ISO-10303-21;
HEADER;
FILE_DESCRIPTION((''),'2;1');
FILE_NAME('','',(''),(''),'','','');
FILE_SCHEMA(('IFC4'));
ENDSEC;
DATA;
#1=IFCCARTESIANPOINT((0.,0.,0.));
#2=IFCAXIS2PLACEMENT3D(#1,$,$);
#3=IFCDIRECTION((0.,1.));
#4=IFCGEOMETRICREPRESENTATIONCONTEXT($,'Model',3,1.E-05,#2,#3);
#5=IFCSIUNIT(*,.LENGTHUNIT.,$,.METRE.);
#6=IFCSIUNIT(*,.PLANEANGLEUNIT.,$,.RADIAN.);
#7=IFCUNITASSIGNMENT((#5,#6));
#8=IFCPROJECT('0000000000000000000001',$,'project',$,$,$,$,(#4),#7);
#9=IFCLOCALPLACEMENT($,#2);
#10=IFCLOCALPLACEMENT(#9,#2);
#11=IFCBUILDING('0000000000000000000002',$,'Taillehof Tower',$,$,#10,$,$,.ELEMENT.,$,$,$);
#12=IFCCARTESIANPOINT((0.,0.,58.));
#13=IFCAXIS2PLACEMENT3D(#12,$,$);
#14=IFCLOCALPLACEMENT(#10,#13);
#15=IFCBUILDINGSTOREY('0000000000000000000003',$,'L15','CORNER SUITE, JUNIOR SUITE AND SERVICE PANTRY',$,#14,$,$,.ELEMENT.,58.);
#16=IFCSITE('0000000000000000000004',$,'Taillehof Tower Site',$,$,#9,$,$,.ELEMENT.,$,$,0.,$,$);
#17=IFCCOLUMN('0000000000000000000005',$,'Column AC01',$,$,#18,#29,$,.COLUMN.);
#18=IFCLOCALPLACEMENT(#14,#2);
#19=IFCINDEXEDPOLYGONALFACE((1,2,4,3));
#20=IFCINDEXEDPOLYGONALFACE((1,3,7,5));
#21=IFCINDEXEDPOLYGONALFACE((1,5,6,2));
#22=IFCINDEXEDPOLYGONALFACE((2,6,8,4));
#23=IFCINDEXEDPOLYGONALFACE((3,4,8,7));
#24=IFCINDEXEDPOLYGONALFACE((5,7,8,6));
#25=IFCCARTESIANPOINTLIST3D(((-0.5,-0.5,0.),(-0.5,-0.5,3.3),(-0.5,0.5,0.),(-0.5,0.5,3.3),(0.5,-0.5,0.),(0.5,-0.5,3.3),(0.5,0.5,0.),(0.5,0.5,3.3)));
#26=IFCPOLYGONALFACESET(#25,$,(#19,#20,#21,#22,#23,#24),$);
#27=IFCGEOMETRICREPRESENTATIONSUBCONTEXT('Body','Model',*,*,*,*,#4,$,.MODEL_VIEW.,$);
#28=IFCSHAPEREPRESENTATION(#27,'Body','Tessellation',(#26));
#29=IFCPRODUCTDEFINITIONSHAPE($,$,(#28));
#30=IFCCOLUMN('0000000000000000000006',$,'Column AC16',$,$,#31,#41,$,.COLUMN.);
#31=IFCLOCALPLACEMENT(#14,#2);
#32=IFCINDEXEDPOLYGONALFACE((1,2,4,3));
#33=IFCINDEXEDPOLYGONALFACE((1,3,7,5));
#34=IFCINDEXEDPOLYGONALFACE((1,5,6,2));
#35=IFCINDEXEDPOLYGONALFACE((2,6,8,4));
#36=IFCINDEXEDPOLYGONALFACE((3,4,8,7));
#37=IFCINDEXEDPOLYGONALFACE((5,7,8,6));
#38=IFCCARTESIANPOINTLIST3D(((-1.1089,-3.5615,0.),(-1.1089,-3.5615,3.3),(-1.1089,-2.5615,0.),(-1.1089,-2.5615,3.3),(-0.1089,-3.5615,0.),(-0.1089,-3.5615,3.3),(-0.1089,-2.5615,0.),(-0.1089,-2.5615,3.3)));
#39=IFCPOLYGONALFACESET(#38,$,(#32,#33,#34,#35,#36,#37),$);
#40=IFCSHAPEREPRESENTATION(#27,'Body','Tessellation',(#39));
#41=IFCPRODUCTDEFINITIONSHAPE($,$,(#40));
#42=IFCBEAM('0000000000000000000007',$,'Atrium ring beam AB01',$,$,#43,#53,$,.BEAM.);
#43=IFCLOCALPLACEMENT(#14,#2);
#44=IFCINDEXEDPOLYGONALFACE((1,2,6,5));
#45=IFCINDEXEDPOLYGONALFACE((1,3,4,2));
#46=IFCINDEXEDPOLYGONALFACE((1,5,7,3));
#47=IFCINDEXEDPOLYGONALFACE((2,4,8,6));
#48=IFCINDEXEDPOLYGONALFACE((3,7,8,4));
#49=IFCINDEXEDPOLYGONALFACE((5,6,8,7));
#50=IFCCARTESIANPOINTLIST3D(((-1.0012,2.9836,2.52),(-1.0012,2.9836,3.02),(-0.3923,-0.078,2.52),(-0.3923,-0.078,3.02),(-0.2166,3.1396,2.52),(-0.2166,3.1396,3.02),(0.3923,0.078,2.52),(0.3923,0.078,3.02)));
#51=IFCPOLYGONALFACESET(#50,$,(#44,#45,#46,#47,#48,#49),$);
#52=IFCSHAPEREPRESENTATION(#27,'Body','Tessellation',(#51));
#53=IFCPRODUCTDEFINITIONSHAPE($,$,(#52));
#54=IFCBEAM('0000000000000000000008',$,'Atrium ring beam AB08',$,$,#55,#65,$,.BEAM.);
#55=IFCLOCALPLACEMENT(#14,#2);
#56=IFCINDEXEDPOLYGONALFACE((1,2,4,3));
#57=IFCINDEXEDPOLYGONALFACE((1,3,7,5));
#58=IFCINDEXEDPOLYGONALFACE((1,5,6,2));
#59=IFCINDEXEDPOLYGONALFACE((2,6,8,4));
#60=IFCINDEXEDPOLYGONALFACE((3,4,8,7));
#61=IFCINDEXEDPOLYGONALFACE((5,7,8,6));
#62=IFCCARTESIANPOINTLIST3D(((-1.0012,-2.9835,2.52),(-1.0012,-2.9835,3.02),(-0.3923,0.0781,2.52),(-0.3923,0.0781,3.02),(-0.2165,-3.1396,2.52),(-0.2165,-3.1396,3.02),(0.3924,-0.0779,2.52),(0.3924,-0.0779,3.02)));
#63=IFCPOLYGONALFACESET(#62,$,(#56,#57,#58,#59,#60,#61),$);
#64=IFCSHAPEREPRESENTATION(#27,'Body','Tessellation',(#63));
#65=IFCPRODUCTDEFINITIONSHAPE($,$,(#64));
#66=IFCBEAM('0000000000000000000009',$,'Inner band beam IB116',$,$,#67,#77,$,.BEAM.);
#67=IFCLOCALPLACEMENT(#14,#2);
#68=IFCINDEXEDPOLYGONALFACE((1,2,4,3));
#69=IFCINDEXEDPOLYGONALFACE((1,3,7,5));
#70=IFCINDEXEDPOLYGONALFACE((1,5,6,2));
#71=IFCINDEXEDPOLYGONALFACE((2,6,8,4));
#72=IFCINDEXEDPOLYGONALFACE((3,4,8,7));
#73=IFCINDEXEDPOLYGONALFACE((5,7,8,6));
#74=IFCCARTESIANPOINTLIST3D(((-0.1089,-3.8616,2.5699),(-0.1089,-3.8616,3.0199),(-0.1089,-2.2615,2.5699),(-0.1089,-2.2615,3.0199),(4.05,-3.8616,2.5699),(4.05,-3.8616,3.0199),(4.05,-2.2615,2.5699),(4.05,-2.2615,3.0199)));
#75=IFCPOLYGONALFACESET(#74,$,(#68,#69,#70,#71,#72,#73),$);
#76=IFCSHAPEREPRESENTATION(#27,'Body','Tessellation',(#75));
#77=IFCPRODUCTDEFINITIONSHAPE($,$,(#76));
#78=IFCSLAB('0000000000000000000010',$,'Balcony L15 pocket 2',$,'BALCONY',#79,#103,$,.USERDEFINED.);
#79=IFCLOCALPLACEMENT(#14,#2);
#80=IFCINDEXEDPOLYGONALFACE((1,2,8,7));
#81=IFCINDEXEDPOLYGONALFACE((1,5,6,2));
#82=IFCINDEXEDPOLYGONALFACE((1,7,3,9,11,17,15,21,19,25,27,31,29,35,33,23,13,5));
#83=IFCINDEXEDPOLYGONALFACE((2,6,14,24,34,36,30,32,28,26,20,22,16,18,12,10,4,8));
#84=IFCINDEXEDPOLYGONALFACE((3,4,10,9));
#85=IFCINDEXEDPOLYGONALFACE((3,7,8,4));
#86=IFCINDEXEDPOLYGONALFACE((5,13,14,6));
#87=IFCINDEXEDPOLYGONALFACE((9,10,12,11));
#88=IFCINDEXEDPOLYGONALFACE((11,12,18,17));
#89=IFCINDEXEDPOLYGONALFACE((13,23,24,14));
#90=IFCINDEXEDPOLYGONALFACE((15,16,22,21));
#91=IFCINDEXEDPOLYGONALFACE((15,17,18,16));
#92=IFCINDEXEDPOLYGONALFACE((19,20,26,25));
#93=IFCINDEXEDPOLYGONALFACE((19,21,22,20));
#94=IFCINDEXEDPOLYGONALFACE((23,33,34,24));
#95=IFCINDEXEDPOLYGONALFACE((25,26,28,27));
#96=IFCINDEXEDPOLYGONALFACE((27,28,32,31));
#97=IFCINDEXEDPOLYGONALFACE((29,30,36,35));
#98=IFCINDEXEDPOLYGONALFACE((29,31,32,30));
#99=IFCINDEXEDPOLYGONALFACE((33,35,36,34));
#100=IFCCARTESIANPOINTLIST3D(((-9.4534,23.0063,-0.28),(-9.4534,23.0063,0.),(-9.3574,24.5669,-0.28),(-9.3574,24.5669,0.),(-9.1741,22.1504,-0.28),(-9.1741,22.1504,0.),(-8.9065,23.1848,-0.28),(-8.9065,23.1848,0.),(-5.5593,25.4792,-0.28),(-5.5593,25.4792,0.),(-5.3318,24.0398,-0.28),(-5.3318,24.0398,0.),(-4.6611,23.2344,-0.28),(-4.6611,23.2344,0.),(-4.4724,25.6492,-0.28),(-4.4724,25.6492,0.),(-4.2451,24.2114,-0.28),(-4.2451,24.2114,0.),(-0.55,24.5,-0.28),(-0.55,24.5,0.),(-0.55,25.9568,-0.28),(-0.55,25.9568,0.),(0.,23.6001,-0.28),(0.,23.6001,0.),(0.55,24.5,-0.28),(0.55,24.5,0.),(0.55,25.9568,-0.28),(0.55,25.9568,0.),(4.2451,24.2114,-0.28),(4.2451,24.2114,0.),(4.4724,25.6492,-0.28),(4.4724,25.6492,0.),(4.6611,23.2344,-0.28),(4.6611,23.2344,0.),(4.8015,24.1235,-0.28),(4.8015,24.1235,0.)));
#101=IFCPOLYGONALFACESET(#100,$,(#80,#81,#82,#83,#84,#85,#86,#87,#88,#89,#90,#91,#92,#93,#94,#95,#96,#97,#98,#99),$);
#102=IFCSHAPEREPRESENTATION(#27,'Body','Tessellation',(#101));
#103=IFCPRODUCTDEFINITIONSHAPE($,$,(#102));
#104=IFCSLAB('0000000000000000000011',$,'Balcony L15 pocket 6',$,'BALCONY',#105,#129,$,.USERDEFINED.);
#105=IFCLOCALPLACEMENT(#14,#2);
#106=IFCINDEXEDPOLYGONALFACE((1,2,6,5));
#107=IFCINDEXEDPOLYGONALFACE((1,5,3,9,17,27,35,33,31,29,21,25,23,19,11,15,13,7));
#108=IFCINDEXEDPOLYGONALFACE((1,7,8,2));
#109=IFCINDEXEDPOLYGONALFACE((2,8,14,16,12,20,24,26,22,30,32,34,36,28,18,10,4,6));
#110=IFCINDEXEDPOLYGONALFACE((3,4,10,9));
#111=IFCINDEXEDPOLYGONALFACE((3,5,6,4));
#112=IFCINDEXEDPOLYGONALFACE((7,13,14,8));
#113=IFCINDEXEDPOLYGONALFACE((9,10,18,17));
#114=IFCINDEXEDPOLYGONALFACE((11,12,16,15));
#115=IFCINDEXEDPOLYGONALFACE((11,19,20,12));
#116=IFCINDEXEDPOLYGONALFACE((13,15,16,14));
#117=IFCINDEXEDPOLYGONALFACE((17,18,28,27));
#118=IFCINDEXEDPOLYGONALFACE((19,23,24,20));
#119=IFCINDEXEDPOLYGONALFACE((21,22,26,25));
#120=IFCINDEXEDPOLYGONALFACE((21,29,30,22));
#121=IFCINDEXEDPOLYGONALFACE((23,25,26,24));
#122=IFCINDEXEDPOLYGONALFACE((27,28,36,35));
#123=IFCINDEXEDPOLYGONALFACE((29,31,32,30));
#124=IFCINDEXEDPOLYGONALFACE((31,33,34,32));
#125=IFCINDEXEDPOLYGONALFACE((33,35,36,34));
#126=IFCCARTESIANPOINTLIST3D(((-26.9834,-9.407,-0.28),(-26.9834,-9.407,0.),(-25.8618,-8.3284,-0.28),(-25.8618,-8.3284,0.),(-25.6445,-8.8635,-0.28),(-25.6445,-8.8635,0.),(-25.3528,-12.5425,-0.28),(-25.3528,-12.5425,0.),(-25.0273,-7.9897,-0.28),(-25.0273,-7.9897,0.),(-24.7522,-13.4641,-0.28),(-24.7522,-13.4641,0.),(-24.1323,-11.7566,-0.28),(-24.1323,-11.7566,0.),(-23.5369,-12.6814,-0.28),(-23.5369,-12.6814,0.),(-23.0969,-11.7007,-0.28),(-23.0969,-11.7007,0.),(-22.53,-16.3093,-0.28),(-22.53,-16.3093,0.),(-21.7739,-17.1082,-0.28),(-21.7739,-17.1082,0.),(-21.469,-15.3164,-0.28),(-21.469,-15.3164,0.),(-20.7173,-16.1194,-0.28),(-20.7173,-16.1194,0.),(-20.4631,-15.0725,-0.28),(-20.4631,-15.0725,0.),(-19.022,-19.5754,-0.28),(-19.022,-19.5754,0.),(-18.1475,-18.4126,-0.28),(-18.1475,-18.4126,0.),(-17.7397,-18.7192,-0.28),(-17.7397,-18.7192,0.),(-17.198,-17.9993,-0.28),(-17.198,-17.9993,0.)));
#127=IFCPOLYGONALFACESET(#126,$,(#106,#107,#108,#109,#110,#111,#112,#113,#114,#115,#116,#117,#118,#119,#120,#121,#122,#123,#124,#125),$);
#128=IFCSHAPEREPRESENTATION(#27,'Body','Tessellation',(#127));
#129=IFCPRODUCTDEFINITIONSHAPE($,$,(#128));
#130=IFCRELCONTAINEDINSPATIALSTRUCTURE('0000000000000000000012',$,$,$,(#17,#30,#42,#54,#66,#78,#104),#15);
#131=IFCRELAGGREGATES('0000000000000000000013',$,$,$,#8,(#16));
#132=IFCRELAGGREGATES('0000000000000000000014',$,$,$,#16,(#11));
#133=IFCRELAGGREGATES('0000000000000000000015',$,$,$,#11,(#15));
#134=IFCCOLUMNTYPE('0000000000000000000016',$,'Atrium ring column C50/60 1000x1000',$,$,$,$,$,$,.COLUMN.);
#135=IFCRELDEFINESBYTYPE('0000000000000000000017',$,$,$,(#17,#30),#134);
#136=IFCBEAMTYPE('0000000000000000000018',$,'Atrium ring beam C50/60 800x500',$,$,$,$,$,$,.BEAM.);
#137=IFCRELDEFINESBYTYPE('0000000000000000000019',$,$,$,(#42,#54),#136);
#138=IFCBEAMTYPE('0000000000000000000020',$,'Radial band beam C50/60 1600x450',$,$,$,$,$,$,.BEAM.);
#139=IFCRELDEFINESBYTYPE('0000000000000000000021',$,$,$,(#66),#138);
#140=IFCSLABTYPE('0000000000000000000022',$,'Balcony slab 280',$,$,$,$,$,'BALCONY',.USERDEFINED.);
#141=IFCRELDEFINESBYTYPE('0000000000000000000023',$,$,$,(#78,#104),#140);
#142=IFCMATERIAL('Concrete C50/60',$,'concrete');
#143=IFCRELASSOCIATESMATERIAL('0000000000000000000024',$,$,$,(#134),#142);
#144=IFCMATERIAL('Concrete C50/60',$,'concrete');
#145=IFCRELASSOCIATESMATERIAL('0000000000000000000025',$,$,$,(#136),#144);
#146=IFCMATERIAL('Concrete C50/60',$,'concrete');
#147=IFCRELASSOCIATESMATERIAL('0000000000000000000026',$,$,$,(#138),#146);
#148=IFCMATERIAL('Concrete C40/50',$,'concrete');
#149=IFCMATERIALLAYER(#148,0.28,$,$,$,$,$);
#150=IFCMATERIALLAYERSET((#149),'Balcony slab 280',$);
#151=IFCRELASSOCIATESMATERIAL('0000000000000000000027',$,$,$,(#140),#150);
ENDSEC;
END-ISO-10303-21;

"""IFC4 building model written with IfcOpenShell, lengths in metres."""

from ifc_helpers import new_model, si_unit, direction, frame, origin, origin_2d, place, context, subcontext, project, spatial, polyline, rectangle, outline, extrude, material, layer, layer_set, material_profile, profile_set, type_object, element, save


model = new_model("IFC4")

# Units and contexts
model_context = context("Model", 3, precision=1e-05, world=origin(), true_north=direction((0.0, 1.0)))
body_context = subcontext(model_context, "Body", "Model", "MODEL_VIEW")
ifc_project = project(units=[si_unit("LENGTHUNIT", "METRE"), si_unit("PLANEANGLEUNIT", "RADIAN")], contexts=[model_context])

# Site, building, storey
site_placement = place(None, origin())
site = spatial("IfcSite", under=ifc_project, at=site_placement, Name="Taillehof Tower Site", CompositionType="ELEMENT", RefElevation=0.0)
building_placement = place(site_placement, origin())
building = spatial("IfcBuilding", under=site, at=building_placement, Name="Taillehof Tower", CompositionType="ELEMENT")
storey_placement = place(building_placement, frame((0.0, 0.0, 58.0)))
storey = spatial("IfcBuildingStorey", under=building, at=storey_placement, Name="L15", Description="CORNER SUITE, JUNIOR SUITE AND SERVICE PANTRY", CompositionType="ELEMENT", Elevation=58.0)

# Columns
ifc_material_1 = material(Name="Concrete C50/60", Category="concrete")
ifc_material_profile_1 = material_profile(ifc_material_1, rectangle(XDim=1.0, YDim=1.0, at=origin_2d()), Name="RC 1000x1000")
ifc_profile_set_1 = profile_set([ifc_material_profile_1], Name="Concrete C50/60")
column_type = type_object("IfcColumnType", Name="Atrium ring column C50/60 1000x1000", PredefinedType="COLUMN", material=ifc_profile_set_1)
for number, where, z_axis, x_axis, name in (
    (1, (0.0, 0.0, 0.0), (0.0, 0.0, 1.0), (1.0, 0.0, 0.0), "Column AC01"),
    (2, (-0.6089, -3.0615, 0.0), (0.0, 0.0, 1.0), (1.0, 0.0, 0.0), "Column AC16"),
):
    element("IfcColumn", number, at=place(storey_placement, frame(where, z_axis=z_axis, x_axis=x_axis)), inside=storey, type_object=column_type, Name=name, PredefinedType="COLUMN", context=body_context, shape_type="SweptSolid", body=[
        extrude(rectangle(XDim=1.0, YDim=1.0, at=origin_2d()), origin(), (0.0, 0.0, 1.0), 3.3),
    ])

# Beams
ifc_material_2 = material(Name="Concrete C50/60", Category="concrete")
ifc_material_profile_2 = material_profile(ifc_material_2, rectangle(XDim=0.8, YDim=0.5, at=origin_2d()), Name="RC 800x500")
ifc_profile_set_2 = profile_set([ifc_material_profile_2], Name="Concrete C50/60")
beam_type_1 = type_object("IfcBeamType", Name="Atrium ring beam C50/60 800x500", PredefinedType="BEAM", material=ifc_profile_set_2)
for number, where, z_axis, x_axis, name in (
    (3, (0.0, 0.0, 2.77), (-0.195063, 0.980791, 0.0), (-0.980791, -0.195063, 0.0), "Atrium ring beam AB01"),
    (4, (-0.6089, -3.0615, 2.77), (0.195063, 0.980791, 0.0), (-0.980791, 0.195063, 0.0), "Atrium ring beam AB08"),
):
    element("IfcBeam", number, at=place(storey_placement, frame(where, z_axis=z_axis, x_axis=x_axis)), inside=storey, type_object=beam_type_1, Name=name, PredefinedType="BEAM", context=body_context, shape_type="SweptSolid", body=[
        extrude(rectangle(XDim=0.8, YDim=0.5, at=origin_2d()), origin(), (0.0, 0.0, 1.0), 3.1216),
    ])
ifc_material_3 = material(Name="Concrete C50/60", Category="concrete")
ifc_material_profile_3 = material_profile(ifc_material_3, rectangle(XDim=1.6001, YDim=0.45, at=origin_2d()), Name="RC 1600x450")
ifc_profile_set_3 = profile_set([ifc_material_profile_3], Name="Concrete C50/60")
beam_type_2 = type_object("IfcBeamType", Name="Radial band beam C50/60 1600x450", PredefinedType="BEAM", material=ifc_profile_set_3)
beam_placement = place(storey_placement, frame((-0.1089, -3.0615, 2.7949), z_axis=(1.0, 0.0, 0.0), x_axis=(0.0, 1.0, 0.0)))
element("IfcBeam", 5, at=beam_placement, inside=storey, type_object=beam_type_2, Name="Inner band beam IB116", PredefinedType="BEAM", context=body_context, shape_type="SweptSolid", body=[
    extrude(rectangle(XDim=1.6001, YDim=0.45, at=origin_2d()), origin(), (0.0, 0.0, 1.0), 4.1589),
])

# Slabs
ifc_material_4 = material(Name="Concrete C40/50", Category="concrete")
ifc_layer_1 = layer(ifc_material_4, 0.28)
ifc_layer_set_1 = layer_set([ifc_layer_1], Name="Balcony slab 280")
slab_type_1 = type_object("IfcSlabType", Name="Balcony slab 280", ElementType="BALCONY", PredefinedType="USERDEFINED", material=ifc_layer_set_1)
slab_1_placement = place(storey_placement, frame((0.0, 0.0, -0.28)))
element("IfcSlab", 6, at=slab_1_placement, inside=storey, type_object=slab_type_1, Name="Balcony L15 pocket 2", ObjectType="BALCONY", PredefinedType="USERDEFINED", context=body_context, shape_type="SweptSolid", body=[
    extrude(outline(polyline([(-9.1741, 22.1504), (-9.4534, 23.0063), (-8.9065, 23.1848), (-9.3574, 24.5669), (-5.5593, 25.4792), (-5.3318, 24.0398), (-4.2451, 24.2114), (-4.4724, 25.6492), (-0.55, 25.9568), (-0.55, 24.5), (0.55, 24.5), (0.55, 25.9568), (4.4724, 25.6492), (4.2451, 24.2114), (4.8015, 24.1235), (4.6611, 23.2344), (0.0, 23.6001), (-4.6611, 23.2344), (-9.1741, 22.1504)])), origin(), (0.0, 0.0, 1.0), 0.28),
])
slab_2_placement = place(storey_placement, frame((0.0, 0.0, -0.28)))
element("IfcSlab", 7, at=slab_2_placement, inside=storey, type_object=slab_type_1, Name="Balcony L15 pocket 6", ObjectType="BALCONY", PredefinedType="USERDEFINED", context=body_context, shape_type="SweptSolid", body=[
    extrude(outline(polyline([(-17.198, -17.9993), (-17.7397, -18.7192), (-18.1475, -18.4126), (-19.022, -19.5754), (-21.7739, -17.1082), (-20.7173, -16.1194), (-21.469, -15.3164), (-22.53, -16.3093), (-24.7522, -13.4641), (-23.5369, -12.6814), (-24.1323, -11.7566), (-25.3528, -12.5425), (-26.9834, -9.407), (-25.6445, -8.8635), (-25.8618, -8.3284), (-25.0273, -7.9897), (-23.0969, -11.7007), (-20.4631, -15.0725), (-17.198, -17.9993)])), origin(), (0.0, 0.0, 1.0), 0.28),
])

save(model, "model.ifc")
